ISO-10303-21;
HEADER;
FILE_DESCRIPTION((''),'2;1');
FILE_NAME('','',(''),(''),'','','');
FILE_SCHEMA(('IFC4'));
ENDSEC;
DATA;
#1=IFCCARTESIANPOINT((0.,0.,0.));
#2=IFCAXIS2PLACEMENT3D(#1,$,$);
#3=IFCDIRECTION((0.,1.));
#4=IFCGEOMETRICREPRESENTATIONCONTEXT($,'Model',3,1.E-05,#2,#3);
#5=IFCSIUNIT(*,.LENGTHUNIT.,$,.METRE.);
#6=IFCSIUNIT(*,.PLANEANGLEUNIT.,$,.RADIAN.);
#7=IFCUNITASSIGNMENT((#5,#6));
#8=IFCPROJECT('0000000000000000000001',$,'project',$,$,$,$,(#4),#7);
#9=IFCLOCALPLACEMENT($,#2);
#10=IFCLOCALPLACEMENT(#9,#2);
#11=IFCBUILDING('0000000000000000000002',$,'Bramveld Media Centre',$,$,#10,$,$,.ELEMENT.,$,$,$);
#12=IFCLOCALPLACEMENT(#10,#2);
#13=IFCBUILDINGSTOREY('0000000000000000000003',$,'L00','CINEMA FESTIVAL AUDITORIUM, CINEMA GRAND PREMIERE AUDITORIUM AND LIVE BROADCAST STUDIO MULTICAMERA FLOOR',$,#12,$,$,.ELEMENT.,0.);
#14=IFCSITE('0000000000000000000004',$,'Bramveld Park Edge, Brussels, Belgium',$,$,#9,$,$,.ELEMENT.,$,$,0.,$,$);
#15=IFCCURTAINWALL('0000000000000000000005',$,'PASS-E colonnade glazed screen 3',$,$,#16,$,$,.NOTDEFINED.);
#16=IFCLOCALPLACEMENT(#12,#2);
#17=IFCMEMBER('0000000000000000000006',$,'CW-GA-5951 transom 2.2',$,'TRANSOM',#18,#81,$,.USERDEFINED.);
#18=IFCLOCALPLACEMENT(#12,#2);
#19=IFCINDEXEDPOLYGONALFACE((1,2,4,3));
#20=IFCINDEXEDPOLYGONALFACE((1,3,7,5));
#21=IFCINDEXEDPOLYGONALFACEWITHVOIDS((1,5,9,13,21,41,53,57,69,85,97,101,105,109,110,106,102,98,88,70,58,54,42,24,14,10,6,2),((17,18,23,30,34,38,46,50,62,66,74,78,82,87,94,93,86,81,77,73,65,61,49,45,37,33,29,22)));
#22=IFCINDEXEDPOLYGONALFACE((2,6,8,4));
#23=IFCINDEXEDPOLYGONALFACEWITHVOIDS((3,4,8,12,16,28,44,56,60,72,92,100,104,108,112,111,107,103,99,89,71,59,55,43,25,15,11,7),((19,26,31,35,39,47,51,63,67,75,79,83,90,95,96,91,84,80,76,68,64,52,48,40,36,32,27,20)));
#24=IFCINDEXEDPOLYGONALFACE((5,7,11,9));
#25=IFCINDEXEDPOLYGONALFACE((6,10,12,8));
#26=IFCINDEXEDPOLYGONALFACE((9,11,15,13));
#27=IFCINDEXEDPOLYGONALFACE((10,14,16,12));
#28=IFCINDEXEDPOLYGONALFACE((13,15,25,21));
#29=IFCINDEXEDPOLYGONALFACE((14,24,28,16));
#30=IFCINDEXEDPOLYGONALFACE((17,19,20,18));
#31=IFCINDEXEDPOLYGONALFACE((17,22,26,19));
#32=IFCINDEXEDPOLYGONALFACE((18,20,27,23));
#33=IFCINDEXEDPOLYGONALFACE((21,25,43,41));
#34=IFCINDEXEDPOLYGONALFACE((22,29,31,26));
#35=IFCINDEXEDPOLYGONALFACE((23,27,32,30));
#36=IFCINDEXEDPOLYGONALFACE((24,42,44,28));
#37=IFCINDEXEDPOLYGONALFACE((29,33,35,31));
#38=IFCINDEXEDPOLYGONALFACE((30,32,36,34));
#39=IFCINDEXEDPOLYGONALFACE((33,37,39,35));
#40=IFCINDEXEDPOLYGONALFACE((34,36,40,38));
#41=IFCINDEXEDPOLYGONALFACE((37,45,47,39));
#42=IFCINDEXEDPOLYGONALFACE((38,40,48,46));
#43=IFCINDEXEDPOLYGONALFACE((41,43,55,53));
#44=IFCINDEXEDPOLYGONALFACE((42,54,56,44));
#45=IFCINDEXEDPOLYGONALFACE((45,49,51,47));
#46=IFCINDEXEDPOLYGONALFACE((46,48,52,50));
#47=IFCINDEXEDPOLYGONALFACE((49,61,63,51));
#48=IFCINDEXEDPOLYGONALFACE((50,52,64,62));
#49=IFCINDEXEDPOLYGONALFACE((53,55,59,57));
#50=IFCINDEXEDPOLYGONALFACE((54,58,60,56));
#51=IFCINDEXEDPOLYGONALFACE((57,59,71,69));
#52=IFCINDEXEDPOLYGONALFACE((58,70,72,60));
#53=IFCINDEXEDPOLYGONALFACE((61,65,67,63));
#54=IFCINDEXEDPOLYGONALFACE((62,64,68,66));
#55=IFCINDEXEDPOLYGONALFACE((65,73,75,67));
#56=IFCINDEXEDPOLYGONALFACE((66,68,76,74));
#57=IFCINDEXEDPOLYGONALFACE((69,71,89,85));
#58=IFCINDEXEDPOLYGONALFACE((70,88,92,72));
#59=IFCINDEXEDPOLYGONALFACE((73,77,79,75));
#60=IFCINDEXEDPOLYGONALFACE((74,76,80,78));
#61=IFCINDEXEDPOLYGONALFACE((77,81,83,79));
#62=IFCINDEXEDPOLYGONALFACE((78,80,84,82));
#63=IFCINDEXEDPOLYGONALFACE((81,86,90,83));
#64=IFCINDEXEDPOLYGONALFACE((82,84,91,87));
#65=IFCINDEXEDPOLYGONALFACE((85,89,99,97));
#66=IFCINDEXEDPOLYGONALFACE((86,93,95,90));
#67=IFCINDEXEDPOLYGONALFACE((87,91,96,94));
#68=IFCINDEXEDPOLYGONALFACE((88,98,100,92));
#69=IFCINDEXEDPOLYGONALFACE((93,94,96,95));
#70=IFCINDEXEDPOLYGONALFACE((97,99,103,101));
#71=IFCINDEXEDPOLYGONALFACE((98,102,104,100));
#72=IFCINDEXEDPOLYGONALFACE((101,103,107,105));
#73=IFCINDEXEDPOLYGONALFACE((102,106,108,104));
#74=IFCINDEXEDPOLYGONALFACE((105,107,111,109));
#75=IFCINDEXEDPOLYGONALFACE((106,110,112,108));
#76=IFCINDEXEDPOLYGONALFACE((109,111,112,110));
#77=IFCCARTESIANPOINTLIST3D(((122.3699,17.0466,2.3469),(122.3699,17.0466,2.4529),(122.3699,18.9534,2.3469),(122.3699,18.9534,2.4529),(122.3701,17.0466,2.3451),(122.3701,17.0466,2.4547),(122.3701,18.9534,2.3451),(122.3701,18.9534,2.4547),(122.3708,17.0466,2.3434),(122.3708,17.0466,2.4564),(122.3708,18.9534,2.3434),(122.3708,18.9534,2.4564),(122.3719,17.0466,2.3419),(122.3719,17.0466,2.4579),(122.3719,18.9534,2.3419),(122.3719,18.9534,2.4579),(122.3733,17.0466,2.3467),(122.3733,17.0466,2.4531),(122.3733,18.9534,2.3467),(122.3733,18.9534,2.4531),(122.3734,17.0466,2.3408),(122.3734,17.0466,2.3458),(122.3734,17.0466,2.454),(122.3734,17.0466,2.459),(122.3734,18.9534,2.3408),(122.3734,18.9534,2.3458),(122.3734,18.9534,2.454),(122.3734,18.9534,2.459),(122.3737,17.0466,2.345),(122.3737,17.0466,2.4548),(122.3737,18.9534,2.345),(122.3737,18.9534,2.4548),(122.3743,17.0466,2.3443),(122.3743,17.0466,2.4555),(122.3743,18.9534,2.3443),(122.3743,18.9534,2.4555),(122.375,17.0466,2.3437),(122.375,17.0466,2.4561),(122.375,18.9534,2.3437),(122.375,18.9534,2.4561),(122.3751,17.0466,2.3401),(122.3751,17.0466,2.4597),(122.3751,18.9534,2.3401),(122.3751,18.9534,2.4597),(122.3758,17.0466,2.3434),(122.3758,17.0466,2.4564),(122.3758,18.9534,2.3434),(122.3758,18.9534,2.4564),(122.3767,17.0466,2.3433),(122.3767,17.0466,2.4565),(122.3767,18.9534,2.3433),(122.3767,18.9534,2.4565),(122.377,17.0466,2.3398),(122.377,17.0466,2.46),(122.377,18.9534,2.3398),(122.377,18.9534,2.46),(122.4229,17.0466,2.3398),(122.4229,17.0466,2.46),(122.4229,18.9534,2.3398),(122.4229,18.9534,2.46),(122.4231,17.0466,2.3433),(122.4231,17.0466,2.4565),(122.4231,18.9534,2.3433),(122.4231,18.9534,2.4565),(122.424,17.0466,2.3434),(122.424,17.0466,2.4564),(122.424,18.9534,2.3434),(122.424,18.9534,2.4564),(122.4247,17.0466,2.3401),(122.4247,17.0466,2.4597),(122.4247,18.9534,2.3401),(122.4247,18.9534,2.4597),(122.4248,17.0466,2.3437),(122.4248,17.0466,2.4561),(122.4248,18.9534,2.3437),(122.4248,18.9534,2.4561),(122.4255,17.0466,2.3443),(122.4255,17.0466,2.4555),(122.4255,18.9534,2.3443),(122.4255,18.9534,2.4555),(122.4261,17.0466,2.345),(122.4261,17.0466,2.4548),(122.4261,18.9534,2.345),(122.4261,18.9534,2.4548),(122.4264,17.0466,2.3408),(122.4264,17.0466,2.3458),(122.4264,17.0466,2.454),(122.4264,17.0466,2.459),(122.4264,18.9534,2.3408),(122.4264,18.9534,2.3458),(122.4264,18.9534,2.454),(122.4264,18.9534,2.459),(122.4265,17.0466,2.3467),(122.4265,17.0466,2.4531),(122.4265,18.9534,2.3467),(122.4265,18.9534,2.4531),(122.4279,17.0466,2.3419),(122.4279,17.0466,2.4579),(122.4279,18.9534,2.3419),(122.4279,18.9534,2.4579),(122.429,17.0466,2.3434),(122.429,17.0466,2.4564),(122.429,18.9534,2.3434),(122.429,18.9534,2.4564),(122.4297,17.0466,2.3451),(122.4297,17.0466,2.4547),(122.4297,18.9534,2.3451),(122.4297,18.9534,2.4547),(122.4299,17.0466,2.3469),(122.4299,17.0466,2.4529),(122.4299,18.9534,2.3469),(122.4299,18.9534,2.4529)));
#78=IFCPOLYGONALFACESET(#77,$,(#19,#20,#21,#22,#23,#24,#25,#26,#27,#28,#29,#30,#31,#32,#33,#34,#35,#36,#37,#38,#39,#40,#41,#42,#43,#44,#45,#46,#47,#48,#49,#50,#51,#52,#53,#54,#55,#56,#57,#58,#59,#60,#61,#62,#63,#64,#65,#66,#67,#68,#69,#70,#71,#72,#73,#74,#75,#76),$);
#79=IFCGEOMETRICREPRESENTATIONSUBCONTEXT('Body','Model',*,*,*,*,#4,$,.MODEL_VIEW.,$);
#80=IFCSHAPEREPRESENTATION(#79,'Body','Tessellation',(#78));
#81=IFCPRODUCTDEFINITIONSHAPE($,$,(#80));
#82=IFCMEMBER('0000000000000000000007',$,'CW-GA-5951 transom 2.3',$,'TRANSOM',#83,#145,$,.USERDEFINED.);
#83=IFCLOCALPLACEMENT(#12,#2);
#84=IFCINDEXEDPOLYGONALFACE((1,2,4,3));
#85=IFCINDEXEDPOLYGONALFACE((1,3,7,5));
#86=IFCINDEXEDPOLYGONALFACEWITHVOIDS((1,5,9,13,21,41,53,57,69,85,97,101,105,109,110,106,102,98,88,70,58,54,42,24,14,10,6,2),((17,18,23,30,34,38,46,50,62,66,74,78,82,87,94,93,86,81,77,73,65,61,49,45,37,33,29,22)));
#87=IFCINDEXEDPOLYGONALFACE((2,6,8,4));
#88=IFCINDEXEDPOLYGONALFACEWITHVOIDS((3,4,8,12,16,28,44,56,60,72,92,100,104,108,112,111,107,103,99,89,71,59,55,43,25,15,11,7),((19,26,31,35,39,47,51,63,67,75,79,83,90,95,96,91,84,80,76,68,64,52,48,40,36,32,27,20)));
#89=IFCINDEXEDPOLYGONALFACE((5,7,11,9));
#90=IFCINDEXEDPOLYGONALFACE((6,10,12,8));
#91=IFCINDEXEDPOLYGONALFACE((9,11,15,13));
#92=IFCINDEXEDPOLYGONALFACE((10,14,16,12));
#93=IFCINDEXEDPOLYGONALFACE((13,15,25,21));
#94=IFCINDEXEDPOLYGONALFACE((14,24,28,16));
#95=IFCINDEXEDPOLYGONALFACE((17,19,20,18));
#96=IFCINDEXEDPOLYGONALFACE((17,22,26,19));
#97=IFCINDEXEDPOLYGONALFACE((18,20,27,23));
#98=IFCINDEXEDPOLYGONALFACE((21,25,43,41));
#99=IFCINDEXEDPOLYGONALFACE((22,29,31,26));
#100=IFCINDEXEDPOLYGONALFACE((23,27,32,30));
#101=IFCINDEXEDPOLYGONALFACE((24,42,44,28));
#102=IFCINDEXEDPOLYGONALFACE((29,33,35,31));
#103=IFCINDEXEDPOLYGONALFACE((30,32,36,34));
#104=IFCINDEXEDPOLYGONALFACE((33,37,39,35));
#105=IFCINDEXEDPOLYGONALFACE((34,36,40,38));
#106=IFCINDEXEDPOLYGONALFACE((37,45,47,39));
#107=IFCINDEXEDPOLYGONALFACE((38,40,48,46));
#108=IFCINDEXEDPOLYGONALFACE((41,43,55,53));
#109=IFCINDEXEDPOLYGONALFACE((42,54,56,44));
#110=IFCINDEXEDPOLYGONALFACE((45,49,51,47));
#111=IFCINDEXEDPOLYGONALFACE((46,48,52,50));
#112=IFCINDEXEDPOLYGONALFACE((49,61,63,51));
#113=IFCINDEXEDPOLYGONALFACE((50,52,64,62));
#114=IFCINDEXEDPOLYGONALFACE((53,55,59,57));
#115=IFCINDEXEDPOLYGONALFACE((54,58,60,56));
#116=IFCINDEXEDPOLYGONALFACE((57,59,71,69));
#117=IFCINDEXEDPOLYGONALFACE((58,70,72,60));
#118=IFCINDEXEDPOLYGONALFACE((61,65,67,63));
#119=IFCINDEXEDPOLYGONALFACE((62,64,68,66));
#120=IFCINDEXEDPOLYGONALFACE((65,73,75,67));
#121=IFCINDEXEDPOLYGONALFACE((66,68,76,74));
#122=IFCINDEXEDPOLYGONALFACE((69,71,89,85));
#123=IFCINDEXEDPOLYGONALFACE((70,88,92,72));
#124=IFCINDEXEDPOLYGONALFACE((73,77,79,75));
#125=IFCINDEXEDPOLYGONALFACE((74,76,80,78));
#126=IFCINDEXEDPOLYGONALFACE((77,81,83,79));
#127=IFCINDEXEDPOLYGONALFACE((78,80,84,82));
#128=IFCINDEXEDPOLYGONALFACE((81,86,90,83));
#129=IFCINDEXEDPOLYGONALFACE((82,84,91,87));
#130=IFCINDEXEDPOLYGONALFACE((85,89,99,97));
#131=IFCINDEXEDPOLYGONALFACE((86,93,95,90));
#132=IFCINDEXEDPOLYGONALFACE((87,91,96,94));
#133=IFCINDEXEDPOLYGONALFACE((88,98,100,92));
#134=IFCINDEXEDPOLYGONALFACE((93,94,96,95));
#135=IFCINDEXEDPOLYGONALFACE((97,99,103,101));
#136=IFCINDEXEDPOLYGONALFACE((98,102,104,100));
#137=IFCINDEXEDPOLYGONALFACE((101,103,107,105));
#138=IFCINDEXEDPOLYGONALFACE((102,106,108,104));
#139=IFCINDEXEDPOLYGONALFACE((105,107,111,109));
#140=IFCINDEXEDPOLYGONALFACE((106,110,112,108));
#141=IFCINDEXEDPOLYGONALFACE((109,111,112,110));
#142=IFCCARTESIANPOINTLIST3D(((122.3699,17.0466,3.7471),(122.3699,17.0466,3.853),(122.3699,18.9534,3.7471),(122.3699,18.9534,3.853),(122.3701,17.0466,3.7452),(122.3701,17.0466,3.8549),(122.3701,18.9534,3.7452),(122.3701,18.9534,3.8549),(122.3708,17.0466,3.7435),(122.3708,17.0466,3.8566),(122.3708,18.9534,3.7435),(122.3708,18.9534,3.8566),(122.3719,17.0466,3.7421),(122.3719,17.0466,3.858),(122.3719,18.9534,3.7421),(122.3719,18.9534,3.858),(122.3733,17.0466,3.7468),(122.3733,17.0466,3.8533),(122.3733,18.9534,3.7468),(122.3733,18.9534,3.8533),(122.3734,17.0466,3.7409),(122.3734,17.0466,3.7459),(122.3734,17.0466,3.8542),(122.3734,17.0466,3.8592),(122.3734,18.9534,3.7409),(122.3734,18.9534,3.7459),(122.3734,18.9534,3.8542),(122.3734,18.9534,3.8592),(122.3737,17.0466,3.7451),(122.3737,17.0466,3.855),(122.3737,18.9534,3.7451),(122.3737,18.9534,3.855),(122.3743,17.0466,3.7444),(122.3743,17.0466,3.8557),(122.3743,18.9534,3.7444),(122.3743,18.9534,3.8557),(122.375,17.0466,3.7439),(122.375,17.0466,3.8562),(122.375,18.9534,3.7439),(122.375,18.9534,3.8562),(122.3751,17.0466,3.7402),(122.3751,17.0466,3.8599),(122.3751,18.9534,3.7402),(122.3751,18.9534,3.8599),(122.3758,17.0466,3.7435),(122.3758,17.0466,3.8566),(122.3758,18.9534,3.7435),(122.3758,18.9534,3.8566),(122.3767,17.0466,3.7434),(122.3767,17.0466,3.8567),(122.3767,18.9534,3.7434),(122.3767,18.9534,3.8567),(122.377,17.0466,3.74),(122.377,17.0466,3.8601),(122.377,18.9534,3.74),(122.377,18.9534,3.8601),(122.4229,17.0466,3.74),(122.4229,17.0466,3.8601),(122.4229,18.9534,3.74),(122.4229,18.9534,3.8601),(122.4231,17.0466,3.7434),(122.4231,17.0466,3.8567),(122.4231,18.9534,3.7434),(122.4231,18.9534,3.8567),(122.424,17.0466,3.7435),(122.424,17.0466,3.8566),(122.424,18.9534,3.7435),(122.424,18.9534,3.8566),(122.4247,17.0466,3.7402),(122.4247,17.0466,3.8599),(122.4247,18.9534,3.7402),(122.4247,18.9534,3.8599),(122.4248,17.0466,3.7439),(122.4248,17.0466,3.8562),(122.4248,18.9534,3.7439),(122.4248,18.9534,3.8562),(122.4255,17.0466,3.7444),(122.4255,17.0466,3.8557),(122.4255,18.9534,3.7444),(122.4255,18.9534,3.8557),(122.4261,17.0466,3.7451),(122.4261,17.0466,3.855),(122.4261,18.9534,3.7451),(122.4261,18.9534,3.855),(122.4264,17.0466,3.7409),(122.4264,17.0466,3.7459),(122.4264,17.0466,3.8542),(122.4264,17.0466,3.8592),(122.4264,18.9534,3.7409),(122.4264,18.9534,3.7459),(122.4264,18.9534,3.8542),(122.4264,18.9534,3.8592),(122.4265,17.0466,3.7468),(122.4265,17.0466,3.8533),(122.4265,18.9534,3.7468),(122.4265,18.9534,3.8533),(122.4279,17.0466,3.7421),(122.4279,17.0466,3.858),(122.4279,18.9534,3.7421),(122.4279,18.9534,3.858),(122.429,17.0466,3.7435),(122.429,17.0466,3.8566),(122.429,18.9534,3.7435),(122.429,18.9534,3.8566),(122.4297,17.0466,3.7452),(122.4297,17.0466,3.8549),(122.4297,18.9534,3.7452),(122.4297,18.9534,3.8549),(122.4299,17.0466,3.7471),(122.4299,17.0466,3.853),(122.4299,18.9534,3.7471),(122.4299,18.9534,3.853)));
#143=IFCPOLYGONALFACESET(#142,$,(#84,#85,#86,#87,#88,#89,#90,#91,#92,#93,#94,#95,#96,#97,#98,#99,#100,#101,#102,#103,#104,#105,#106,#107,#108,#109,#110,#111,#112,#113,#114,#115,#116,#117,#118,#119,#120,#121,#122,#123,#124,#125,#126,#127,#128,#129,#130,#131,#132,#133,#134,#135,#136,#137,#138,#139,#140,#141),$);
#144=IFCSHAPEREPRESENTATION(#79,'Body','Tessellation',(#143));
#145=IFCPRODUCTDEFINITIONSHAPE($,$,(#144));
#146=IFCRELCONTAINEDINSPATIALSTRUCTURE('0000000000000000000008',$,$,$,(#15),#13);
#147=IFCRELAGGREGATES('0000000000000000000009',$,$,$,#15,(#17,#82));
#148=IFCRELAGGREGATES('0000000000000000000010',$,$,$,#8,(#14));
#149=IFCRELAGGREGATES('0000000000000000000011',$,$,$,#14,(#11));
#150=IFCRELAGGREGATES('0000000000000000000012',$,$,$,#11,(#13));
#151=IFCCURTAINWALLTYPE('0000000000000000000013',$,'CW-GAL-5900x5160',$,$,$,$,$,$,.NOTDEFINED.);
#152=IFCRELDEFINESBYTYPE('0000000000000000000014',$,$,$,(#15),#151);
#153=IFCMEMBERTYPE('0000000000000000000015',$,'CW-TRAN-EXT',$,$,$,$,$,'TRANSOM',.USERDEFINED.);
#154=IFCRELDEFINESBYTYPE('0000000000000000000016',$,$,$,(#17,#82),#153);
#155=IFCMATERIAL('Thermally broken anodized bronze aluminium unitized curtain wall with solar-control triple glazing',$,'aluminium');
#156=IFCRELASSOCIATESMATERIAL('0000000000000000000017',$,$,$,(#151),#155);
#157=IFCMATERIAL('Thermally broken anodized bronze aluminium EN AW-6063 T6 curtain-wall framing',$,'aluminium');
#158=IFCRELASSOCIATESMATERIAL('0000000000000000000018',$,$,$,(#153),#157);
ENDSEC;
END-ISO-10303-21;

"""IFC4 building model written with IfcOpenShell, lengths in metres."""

from ifc_helpers import new_model, si_unit, direction, frame, origin, origin_2d, place, context, subcontext, project, spatial, hollow_rectangle, extrude, material, material_profile, profile_set, type_object, element, aggregate, save


model = new_model("IFC4")

# Units and contexts
model_context = context("Model", 3, precision=1e-05, world=origin(), true_north=direction((0.0, 1.0)))
body_context = subcontext(model_context, "Body", "Model", "MODEL_VIEW")
ifc_project = project(units=[si_unit("LENGTHUNIT", "METRE"), si_unit("PLANEANGLEUNIT", "RADIAN")], contexts=[model_context])

# Site, building, storey
site_placement = place(None, origin())
site = spatial("IfcSite", under=ifc_project, at=site_placement, Name="Bramveld Park Edge, Brussels, Belgium", CompositionType="ELEMENT", RefElevation=0.0)
building_placement = place(site_placement, origin())
building = spatial("IfcBuilding", under=site, at=building_placement, Name="Bramveld Media Centre", CompositionType="ELEMENT")
storey_placement = place(building_placement, origin())
storey = spatial("IfcBuildingStorey", under=building, at=storey_placement, Name="L00", Description="CINEMA FESTIVAL AUDITORIUM, CINEMA GRAND PREMIERE AUDITORIUM AND LIVE BROADCAST STUDIO MULTICAMERA FLOOR", CompositionType="ELEMENT", Elevation=0.0)

# Curtain wall, members
ifc_material_1 = material(Name="Thermally broken anodized bronze aluminium unitized curtain wall with solar-control triple glazing", Category="aluminium")
curtain_wall_type = type_object("IfcCurtainWallType", Name="CW-GAL-5900x5160", PredefinedType="NOTDEFINED", material=ifc_material_1)
curtain_wall_placement = place(storey_placement, origin())
curtain_wall = element("IfcCurtainWall", 1, at=curtain_wall_placement, inside=storey, type_object=curtain_wall_type, Name="PASS-E colonnade glazed screen 3", PredefinedType="NOTDEFINED")
ifc_material_2 = material(Name="Thermally broken anodized bronze aluminium EN AW-6063 T6 curtain-wall framing", Category="aluminium")
ifc_material_profile_1 = material_profile(ifc_material_2, hollow_rectangle(XDim=0.0601, YDim=0.1201, WallThickness=0.0034, InnerFilletRadius=0.0034, OuterFilletRadius=0.0071, at=origin_2d()), Name="AL-TRAN 60x120")
ifc_profile_set_1 = profile_set([ifc_material_profile_1], Name="Thermally broken anodized bronze aluminium EN AW-6063 T6 curtain-wall framing")
member_type_1 = type_object("IfcMemberType", Name="CW-TRAN-EXT", ElementType="TRANSOM", PredefinedType="USERDEFINED", material=ifc_profile_set_1)
member_1_placement = place(storey_placement, frame((122.3999, 17.0466, 2.3999), z_axis=(0.0, 1.0, 0.0), x_axis=(-1.0, 0.0, 0.0)))
member_1 = element("IfcMember", 2, at=member_1_placement, type_object=member_type_1, Name="CW-GA-5951 transom 2.2", ObjectType="TRANSOM", PredefinedType="USERDEFINED", context=body_context, shape_type="SweptSolid", body=[
    extrude(hollow_rectangle(XDim=0.0601, YDim=0.1201, WallThickness=0.0034, InnerFilletRadius=0.0034, OuterFilletRadius=0.0071, at=origin_2d()), origin(), (0.0, 0.0, 1.0), 1.9067),
])
member_2_placement = place(storey_placement, frame((122.3999, 17.0466, 3.8), z_axis=(0.0, 1.0, 0.0), x_axis=(-1.0, 0.0, 0.0)))
member_2 = element("IfcMember", 3, at=member_2_placement, type_object=member_type_1, Name="CW-GA-5951 transom 2.3", ObjectType="TRANSOM", PredefinedType="USERDEFINED", context=body_context, shape_type="SweptSolid", body=[
    extrude(hollow_rectangle(XDim=0.0601, YDim=0.1201, WallThickness=0.0034, InnerFilletRadius=0.0034, OuterFilletRadius=0.0071, at=origin_2d()), origin(), (0.0, 0.0, 1.0), 1.9067),
])
aggregate(curtain_wall, [member_1, member_2])

save(model, "model.ifc")
